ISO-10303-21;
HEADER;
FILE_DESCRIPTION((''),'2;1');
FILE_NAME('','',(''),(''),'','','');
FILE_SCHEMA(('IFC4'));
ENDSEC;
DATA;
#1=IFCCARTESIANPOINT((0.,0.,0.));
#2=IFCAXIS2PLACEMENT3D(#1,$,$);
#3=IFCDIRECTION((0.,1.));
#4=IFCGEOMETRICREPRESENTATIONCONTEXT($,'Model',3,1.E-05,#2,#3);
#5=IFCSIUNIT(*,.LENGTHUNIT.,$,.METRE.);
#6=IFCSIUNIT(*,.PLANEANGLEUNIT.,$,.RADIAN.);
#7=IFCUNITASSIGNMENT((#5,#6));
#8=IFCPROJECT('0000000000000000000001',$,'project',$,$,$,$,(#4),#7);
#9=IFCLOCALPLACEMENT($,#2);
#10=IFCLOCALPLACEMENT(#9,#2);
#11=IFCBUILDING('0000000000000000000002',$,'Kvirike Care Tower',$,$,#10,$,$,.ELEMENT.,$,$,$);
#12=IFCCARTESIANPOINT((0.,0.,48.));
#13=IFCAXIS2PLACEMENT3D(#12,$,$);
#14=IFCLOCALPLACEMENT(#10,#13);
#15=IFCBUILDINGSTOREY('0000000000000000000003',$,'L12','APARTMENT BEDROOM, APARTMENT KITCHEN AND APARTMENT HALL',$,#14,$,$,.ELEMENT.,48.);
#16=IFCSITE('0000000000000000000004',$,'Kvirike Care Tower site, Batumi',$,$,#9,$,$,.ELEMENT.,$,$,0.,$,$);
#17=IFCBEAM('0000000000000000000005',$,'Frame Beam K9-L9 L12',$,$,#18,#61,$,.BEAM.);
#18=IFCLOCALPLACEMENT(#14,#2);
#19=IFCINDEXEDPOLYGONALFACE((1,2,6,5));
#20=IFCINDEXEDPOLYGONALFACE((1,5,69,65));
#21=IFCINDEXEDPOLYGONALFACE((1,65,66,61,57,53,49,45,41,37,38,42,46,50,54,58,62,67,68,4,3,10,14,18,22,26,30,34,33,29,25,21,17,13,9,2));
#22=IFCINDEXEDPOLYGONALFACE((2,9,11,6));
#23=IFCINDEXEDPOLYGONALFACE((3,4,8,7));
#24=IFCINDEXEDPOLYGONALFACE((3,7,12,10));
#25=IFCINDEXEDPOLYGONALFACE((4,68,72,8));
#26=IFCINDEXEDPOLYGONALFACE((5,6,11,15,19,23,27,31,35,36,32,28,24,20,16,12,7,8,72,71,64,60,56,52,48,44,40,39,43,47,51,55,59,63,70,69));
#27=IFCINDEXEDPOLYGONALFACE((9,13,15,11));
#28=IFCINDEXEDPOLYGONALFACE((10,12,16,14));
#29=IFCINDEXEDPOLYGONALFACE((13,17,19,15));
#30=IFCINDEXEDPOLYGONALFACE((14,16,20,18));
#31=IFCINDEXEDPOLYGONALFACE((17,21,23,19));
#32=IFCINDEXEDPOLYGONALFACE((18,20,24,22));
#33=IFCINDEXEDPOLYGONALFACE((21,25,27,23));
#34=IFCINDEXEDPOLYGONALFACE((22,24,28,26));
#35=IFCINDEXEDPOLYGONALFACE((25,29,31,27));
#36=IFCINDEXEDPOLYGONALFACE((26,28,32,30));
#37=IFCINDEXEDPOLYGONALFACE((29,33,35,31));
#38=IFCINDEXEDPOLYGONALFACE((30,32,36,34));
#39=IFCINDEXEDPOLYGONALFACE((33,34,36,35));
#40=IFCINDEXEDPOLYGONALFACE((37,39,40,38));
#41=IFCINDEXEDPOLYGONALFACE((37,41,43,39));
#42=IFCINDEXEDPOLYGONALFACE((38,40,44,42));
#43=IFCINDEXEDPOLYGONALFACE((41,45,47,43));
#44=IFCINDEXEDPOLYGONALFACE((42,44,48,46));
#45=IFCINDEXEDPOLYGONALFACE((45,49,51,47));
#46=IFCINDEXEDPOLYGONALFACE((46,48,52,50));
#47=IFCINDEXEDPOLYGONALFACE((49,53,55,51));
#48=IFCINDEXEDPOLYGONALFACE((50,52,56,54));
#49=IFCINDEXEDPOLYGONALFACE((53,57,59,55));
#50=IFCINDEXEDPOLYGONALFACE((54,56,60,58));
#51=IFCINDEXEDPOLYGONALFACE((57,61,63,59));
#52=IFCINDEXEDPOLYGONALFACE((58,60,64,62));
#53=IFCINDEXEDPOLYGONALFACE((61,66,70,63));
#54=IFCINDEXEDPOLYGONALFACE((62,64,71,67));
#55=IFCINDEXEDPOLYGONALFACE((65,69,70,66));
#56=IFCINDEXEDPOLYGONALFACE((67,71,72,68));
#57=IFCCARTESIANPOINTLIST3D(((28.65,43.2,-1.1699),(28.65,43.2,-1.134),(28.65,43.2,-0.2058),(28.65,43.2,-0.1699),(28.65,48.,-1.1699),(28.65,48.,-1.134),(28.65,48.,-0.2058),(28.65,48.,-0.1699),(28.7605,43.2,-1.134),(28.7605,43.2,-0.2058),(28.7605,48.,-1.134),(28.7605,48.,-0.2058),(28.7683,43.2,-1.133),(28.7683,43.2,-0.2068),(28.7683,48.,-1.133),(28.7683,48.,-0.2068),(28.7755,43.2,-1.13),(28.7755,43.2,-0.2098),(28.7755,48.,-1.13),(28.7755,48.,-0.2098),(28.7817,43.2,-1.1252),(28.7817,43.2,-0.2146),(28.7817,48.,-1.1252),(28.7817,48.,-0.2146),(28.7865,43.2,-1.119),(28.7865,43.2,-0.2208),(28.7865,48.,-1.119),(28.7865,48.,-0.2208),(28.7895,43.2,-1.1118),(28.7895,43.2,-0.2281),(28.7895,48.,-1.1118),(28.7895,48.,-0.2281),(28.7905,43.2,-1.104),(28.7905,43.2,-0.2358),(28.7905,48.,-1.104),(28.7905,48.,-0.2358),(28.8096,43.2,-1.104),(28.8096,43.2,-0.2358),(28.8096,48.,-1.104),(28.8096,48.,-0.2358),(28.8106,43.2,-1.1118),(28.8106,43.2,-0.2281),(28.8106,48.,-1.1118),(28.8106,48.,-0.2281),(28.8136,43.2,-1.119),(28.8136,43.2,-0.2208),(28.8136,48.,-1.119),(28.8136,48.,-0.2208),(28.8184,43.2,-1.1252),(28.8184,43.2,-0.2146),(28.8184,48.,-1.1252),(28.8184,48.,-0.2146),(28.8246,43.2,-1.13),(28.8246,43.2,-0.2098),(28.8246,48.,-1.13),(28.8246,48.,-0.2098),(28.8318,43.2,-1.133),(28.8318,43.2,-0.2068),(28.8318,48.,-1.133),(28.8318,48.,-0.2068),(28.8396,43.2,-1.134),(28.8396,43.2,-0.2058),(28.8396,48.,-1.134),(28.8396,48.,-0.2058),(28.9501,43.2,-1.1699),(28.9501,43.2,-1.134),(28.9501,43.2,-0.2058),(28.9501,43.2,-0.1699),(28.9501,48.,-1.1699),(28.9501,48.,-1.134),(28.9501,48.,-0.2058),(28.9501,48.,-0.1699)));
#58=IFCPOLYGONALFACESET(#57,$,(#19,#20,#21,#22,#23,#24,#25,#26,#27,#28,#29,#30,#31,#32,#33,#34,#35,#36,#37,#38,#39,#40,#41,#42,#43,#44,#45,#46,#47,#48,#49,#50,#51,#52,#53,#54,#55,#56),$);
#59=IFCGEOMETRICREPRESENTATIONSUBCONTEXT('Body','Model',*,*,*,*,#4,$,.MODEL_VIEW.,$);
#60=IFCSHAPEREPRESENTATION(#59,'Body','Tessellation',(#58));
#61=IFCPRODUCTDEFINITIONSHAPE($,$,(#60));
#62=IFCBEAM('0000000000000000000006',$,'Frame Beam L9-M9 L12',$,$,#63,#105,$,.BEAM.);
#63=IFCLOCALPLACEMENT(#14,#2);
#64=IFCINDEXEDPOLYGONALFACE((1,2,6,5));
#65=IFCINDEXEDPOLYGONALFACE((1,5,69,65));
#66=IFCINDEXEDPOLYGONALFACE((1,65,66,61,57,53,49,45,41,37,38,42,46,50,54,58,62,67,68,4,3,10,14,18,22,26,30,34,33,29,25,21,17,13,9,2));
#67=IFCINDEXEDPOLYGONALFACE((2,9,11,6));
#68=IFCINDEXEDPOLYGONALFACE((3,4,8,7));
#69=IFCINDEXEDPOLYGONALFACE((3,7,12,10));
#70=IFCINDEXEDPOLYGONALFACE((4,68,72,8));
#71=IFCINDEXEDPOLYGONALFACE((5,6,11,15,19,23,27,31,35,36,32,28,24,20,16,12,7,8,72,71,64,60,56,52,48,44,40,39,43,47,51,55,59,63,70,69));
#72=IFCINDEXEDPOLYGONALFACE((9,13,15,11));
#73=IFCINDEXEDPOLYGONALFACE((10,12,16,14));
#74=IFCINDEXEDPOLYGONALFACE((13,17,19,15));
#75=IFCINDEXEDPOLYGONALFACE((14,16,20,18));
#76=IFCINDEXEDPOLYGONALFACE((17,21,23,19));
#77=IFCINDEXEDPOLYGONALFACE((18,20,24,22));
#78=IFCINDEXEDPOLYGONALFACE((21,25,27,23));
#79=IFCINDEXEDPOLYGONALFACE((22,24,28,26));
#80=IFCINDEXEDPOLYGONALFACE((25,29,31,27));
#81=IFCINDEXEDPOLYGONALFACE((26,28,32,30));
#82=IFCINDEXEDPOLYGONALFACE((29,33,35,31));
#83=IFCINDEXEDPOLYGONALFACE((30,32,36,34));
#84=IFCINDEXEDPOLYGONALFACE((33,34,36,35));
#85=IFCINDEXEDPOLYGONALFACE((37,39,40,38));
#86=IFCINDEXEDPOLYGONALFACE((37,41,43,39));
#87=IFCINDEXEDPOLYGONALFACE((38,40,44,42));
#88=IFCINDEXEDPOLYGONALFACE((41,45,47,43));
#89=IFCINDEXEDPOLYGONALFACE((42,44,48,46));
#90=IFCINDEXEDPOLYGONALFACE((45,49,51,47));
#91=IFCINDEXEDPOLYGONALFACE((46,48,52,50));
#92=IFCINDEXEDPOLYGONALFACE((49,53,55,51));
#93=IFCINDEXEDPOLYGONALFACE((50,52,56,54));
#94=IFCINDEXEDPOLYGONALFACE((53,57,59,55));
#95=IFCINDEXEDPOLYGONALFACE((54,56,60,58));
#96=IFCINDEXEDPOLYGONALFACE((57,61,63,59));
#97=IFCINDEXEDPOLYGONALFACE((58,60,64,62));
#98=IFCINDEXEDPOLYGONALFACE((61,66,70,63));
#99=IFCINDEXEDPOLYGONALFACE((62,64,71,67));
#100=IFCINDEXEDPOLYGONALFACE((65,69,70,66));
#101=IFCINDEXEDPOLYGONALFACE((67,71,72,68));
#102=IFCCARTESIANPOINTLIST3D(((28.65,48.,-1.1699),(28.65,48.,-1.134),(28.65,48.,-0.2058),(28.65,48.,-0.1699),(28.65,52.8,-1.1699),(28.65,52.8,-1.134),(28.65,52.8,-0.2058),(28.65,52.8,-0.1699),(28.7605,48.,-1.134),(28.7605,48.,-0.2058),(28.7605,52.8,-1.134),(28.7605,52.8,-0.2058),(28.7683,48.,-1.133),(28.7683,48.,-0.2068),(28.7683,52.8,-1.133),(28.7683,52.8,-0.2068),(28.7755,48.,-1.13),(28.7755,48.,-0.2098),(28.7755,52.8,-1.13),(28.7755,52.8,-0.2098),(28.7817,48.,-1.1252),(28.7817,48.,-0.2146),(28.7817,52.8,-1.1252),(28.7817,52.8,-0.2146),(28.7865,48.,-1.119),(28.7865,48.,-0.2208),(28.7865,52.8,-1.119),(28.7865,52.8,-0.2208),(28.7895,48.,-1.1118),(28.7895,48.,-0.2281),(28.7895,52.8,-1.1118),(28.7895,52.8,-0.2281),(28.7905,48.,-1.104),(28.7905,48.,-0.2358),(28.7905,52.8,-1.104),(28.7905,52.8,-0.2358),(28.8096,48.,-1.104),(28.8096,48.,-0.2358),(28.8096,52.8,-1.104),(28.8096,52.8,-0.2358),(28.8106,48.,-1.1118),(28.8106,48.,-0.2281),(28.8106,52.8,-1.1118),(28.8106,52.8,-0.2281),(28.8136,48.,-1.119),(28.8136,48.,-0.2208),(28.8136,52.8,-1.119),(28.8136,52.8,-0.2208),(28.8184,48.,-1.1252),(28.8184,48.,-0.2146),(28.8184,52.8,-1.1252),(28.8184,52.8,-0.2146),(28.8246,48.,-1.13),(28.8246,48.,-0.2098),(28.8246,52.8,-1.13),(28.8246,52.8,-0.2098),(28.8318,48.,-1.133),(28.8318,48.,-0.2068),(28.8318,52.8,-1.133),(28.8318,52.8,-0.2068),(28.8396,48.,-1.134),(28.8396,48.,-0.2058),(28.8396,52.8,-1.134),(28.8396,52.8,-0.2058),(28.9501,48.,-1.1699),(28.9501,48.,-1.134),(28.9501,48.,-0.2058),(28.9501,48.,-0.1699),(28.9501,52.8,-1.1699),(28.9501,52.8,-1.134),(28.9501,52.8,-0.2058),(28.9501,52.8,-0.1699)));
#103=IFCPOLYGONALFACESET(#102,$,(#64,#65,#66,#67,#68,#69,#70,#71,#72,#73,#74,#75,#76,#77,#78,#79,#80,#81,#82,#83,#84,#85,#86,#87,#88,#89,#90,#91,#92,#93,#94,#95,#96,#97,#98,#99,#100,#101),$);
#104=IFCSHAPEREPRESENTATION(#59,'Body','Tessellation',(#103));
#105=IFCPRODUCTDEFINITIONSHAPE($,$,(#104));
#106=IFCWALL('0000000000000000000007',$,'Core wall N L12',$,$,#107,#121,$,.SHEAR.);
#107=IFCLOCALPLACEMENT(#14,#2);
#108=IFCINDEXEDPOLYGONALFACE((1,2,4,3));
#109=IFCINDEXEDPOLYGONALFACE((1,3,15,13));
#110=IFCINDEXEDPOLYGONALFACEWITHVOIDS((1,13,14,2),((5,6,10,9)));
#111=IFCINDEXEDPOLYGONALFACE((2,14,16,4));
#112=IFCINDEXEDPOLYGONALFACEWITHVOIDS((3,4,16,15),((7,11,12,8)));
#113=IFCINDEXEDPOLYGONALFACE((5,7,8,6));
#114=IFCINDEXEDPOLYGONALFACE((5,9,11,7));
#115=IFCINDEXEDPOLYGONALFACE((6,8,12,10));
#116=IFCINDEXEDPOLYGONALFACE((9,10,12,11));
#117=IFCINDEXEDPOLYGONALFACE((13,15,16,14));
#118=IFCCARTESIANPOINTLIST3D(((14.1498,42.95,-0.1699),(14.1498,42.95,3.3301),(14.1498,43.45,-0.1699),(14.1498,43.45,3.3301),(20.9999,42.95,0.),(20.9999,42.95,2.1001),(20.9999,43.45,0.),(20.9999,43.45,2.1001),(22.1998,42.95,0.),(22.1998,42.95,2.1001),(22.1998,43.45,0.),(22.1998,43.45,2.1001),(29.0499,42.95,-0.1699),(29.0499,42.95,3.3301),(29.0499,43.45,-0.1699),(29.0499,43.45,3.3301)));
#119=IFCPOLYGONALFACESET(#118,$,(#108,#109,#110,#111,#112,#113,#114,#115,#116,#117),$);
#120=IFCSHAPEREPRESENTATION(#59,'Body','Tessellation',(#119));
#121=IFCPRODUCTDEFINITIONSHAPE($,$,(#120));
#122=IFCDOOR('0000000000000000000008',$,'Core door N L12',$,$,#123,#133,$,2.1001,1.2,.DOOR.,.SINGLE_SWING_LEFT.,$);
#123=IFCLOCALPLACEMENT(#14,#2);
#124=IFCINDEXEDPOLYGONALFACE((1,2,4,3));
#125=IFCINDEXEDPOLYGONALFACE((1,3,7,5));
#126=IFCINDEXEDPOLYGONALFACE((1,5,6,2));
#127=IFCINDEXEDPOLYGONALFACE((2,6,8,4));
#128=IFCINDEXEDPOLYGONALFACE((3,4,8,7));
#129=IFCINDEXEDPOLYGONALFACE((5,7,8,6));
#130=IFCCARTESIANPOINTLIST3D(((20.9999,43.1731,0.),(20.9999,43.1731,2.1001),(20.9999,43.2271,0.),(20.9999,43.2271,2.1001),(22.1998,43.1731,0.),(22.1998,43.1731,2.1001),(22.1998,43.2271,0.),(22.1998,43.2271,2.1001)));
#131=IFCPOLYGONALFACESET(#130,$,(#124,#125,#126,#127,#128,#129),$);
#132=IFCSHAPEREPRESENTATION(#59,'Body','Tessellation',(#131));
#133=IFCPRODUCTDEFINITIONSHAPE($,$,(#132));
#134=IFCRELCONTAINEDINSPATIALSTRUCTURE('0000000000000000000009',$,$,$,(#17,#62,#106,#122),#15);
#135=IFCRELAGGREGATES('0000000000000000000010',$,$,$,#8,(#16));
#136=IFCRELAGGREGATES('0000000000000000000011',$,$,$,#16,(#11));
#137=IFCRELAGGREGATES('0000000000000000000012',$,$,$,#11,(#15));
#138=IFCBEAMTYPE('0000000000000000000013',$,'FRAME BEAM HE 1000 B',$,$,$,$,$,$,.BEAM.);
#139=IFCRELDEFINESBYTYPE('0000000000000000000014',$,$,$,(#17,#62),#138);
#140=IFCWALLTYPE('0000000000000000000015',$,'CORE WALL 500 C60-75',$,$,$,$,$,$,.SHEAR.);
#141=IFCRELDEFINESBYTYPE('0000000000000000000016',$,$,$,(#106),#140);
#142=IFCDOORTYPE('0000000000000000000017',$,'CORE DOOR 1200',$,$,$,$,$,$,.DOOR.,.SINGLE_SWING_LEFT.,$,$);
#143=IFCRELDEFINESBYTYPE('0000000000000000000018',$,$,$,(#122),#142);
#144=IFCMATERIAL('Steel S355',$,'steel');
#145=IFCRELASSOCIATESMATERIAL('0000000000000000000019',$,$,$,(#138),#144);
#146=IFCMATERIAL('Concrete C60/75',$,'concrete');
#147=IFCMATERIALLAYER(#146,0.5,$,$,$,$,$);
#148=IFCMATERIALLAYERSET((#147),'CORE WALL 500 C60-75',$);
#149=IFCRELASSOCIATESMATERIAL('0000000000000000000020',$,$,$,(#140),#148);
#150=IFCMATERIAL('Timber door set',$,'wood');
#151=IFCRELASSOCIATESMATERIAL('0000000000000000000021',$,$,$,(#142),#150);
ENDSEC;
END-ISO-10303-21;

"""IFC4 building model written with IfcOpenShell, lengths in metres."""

from ifc_helpers import new_model, si_unit, direction, frame, frame_2d, origin, origin_2d, place, context, subcontext, project, spatial, rectangle, i_section, extrude, material, layer, layer_set, material_profile, profile_set, type_object, element, fill, save


model = new_model("IFC4")

# Units and contexts
model_context = context("Model", 3, precision=1e-05, world=origin(), true_north=direction((0.0, 1.0)))
body_context = subcontext(model_context, "Body", "Model", "MODEL_VIEW")
ifc_project = project(units=[si_unit("LENGTHUNIT", "METRE"), si_unit("PLANEANGLEUNIT", "RADIAN")], contexts=[model_context])

# Site, building, storey
site_placement = place(None, origin())
site = spatial("IfcSite", under=ifc_project, at=site_placement, Name="Kvirike Care Tower site, Batumi", CompositionType="ELEMENT", RefElevation=0.0)
building_placement = place(site_placement, origin())
building = spatial("IfcBuilding", under=site, at=building_placement, Name="Kvirike Care Tower", CompositionType="ELEMENT")
storey_placement = place(building_placement, frame((0.0, 0.0, 48.0)))
storey = spatial("IfcBuildingStorey", under=building, at=storey_placement, Name="L12", Description="APARTMENT BEDROOM, APARTMENT KITCHEN AND APARTMENT HALL", CompositionType="ELEMENT", Elevation=48.0)

# Beams
ifc_material_1 = material(Name="Steel S355", Category="steel")
ifc_material_profile_1 = material_profile(ifc_material_1, i_section(OverallWidth=0.3, OverallDepth=1.0, WebThickness=0.019, FlangeThickness=0.0359, FilletRadius=0.03, at=origin_2d()), Name="HE 1000 B")
ifc_profile_set_1 = profile_set([ifc_material_profile_1], Name="Steel S355")
beam_type_1 = type_object("IfcBeamType", Name="FRAME BEAM HE 1000 B", PredefinedType="BEAM", material=ifc_profile_set_1)
for number, where, z_axis, x_axis, name in (
    (1, (28.8, 43.2, -0.6699), (0.0, 1.0, 0.0), (-1.0, 0.0, 0.0), "Frame Beam K9-L9 L12"),
    (2, (28.8, 48.0, -0.6699), (0.0, 1.0, 0.0), (-1.0, 0.0, 0.0), "Frame Beam L9-M9 L12"),
):
    element("IfcBeam", number, at=place(storey_placement, frame(where, z_axis=z_axis, x_axis=x_axis)), inside=storey, type_object=beam_type_1, Name=name, PredefinedType="BEAM", context=body_context, shape_type="SweptSolid", body=[
        extrude(i_section(OverallWidth=0.3, OverallDepth=1.0, WebThickness=0.019, FlangeThickness=0.0359, FilletRadius=0.03, at=origin_2d()), origin(), (0.0, 0.0, 1.0), 4.8),
    ])

# Wall, opening, door
ifc_material_2 = material(Name="Concrete C60/75", Category="concrete")
ifc_layer_1 = layer(ifc_material_2, 0.5)
ifc_layer_set_1 = layer_set([ifc_layer_1], Name="CORE WALL 500 C60-75")
wall_type_1 = type_object("IfcWallType", Name="CORE WALL 500 C60-75", PredefinedType="SHEAR", material=ifc_layer_set_1)
wall_1_placement = place(storey_placement, frame((29.05, 43.2, -0.1699), z_axis=(0.0, 0.0, 1.0), x_axis=(-1.0, 0.0, 0.0)))
wall_1 = element("IfcWall", 3, at=wall_1_placement, inside=storey, type_object=wall_type_1, Name="Core wall N L12", PredefinedType="SHEAR", context=body_context, shape_type="SweptSolid", body=[
    extrude(rectangle(XDim=14.9001, YDim=0.5, at=frame_2d((7.4502, 0.0))), origin(), (0.0, 0.0, 1.0), 3.5),
])
opening_1_placement = place(wall_1_placement, frame((6.8501, 0.0, 0.1699)))
opening_1 = element("IfcOpeningElement", 4, at=opening_1_placement, cuts=wall_1, PredefinedType="OPENING", context=body_context, shape_type="SweptSolid", body=[
    extrude(rectangle(XDim=1.2, YDim=2.1001, at=frame_2d((0.6001, 1.05))), frame((0.0, 0.2605, 0.0), z_axis=(0.0, -1.0, 0.0), x_axis=(1.0, 0.0, 0.0)), (0.0, 0.0, 1.0), 0.521),
])
ifc_material_3 = material(Name="Timber door set", Category="wood")
door_type_1 = type_object("IfcDoorType", Name="CORE DOOR 1200", OperationType="SINGLE_SWING_LEFT", PredefinedType="DOOR", material=ifc_material_3)
door_1_placement = place(opening_1_placement, origin())
door_1 = element("IfcDoor", 5, at=door_1_placement, inside=storey, type_object=door_type_1, Name="Core door N L12", OperationType="SINGLE_SWING_LEFT", OverallHeight=2.1001, OverallWidth=1.2, PredefinedType="DOOR", context=body_context, shape_type="SweptSolid", body=[
    extrude(rectangle(XDim=1.2, YDim=2.1001, at=frame_2d((0.6001, 1.05))), frame((0.0, 0.0269, 0.0), z_axis=(0.0, -1.0, 0.0), x_axis=(1.0, 0.0, 0.0)), (0.0, 0.0, 1.0), 0.054),
])
fill(opening_1, door_1)

save(model, "model.ifc")
